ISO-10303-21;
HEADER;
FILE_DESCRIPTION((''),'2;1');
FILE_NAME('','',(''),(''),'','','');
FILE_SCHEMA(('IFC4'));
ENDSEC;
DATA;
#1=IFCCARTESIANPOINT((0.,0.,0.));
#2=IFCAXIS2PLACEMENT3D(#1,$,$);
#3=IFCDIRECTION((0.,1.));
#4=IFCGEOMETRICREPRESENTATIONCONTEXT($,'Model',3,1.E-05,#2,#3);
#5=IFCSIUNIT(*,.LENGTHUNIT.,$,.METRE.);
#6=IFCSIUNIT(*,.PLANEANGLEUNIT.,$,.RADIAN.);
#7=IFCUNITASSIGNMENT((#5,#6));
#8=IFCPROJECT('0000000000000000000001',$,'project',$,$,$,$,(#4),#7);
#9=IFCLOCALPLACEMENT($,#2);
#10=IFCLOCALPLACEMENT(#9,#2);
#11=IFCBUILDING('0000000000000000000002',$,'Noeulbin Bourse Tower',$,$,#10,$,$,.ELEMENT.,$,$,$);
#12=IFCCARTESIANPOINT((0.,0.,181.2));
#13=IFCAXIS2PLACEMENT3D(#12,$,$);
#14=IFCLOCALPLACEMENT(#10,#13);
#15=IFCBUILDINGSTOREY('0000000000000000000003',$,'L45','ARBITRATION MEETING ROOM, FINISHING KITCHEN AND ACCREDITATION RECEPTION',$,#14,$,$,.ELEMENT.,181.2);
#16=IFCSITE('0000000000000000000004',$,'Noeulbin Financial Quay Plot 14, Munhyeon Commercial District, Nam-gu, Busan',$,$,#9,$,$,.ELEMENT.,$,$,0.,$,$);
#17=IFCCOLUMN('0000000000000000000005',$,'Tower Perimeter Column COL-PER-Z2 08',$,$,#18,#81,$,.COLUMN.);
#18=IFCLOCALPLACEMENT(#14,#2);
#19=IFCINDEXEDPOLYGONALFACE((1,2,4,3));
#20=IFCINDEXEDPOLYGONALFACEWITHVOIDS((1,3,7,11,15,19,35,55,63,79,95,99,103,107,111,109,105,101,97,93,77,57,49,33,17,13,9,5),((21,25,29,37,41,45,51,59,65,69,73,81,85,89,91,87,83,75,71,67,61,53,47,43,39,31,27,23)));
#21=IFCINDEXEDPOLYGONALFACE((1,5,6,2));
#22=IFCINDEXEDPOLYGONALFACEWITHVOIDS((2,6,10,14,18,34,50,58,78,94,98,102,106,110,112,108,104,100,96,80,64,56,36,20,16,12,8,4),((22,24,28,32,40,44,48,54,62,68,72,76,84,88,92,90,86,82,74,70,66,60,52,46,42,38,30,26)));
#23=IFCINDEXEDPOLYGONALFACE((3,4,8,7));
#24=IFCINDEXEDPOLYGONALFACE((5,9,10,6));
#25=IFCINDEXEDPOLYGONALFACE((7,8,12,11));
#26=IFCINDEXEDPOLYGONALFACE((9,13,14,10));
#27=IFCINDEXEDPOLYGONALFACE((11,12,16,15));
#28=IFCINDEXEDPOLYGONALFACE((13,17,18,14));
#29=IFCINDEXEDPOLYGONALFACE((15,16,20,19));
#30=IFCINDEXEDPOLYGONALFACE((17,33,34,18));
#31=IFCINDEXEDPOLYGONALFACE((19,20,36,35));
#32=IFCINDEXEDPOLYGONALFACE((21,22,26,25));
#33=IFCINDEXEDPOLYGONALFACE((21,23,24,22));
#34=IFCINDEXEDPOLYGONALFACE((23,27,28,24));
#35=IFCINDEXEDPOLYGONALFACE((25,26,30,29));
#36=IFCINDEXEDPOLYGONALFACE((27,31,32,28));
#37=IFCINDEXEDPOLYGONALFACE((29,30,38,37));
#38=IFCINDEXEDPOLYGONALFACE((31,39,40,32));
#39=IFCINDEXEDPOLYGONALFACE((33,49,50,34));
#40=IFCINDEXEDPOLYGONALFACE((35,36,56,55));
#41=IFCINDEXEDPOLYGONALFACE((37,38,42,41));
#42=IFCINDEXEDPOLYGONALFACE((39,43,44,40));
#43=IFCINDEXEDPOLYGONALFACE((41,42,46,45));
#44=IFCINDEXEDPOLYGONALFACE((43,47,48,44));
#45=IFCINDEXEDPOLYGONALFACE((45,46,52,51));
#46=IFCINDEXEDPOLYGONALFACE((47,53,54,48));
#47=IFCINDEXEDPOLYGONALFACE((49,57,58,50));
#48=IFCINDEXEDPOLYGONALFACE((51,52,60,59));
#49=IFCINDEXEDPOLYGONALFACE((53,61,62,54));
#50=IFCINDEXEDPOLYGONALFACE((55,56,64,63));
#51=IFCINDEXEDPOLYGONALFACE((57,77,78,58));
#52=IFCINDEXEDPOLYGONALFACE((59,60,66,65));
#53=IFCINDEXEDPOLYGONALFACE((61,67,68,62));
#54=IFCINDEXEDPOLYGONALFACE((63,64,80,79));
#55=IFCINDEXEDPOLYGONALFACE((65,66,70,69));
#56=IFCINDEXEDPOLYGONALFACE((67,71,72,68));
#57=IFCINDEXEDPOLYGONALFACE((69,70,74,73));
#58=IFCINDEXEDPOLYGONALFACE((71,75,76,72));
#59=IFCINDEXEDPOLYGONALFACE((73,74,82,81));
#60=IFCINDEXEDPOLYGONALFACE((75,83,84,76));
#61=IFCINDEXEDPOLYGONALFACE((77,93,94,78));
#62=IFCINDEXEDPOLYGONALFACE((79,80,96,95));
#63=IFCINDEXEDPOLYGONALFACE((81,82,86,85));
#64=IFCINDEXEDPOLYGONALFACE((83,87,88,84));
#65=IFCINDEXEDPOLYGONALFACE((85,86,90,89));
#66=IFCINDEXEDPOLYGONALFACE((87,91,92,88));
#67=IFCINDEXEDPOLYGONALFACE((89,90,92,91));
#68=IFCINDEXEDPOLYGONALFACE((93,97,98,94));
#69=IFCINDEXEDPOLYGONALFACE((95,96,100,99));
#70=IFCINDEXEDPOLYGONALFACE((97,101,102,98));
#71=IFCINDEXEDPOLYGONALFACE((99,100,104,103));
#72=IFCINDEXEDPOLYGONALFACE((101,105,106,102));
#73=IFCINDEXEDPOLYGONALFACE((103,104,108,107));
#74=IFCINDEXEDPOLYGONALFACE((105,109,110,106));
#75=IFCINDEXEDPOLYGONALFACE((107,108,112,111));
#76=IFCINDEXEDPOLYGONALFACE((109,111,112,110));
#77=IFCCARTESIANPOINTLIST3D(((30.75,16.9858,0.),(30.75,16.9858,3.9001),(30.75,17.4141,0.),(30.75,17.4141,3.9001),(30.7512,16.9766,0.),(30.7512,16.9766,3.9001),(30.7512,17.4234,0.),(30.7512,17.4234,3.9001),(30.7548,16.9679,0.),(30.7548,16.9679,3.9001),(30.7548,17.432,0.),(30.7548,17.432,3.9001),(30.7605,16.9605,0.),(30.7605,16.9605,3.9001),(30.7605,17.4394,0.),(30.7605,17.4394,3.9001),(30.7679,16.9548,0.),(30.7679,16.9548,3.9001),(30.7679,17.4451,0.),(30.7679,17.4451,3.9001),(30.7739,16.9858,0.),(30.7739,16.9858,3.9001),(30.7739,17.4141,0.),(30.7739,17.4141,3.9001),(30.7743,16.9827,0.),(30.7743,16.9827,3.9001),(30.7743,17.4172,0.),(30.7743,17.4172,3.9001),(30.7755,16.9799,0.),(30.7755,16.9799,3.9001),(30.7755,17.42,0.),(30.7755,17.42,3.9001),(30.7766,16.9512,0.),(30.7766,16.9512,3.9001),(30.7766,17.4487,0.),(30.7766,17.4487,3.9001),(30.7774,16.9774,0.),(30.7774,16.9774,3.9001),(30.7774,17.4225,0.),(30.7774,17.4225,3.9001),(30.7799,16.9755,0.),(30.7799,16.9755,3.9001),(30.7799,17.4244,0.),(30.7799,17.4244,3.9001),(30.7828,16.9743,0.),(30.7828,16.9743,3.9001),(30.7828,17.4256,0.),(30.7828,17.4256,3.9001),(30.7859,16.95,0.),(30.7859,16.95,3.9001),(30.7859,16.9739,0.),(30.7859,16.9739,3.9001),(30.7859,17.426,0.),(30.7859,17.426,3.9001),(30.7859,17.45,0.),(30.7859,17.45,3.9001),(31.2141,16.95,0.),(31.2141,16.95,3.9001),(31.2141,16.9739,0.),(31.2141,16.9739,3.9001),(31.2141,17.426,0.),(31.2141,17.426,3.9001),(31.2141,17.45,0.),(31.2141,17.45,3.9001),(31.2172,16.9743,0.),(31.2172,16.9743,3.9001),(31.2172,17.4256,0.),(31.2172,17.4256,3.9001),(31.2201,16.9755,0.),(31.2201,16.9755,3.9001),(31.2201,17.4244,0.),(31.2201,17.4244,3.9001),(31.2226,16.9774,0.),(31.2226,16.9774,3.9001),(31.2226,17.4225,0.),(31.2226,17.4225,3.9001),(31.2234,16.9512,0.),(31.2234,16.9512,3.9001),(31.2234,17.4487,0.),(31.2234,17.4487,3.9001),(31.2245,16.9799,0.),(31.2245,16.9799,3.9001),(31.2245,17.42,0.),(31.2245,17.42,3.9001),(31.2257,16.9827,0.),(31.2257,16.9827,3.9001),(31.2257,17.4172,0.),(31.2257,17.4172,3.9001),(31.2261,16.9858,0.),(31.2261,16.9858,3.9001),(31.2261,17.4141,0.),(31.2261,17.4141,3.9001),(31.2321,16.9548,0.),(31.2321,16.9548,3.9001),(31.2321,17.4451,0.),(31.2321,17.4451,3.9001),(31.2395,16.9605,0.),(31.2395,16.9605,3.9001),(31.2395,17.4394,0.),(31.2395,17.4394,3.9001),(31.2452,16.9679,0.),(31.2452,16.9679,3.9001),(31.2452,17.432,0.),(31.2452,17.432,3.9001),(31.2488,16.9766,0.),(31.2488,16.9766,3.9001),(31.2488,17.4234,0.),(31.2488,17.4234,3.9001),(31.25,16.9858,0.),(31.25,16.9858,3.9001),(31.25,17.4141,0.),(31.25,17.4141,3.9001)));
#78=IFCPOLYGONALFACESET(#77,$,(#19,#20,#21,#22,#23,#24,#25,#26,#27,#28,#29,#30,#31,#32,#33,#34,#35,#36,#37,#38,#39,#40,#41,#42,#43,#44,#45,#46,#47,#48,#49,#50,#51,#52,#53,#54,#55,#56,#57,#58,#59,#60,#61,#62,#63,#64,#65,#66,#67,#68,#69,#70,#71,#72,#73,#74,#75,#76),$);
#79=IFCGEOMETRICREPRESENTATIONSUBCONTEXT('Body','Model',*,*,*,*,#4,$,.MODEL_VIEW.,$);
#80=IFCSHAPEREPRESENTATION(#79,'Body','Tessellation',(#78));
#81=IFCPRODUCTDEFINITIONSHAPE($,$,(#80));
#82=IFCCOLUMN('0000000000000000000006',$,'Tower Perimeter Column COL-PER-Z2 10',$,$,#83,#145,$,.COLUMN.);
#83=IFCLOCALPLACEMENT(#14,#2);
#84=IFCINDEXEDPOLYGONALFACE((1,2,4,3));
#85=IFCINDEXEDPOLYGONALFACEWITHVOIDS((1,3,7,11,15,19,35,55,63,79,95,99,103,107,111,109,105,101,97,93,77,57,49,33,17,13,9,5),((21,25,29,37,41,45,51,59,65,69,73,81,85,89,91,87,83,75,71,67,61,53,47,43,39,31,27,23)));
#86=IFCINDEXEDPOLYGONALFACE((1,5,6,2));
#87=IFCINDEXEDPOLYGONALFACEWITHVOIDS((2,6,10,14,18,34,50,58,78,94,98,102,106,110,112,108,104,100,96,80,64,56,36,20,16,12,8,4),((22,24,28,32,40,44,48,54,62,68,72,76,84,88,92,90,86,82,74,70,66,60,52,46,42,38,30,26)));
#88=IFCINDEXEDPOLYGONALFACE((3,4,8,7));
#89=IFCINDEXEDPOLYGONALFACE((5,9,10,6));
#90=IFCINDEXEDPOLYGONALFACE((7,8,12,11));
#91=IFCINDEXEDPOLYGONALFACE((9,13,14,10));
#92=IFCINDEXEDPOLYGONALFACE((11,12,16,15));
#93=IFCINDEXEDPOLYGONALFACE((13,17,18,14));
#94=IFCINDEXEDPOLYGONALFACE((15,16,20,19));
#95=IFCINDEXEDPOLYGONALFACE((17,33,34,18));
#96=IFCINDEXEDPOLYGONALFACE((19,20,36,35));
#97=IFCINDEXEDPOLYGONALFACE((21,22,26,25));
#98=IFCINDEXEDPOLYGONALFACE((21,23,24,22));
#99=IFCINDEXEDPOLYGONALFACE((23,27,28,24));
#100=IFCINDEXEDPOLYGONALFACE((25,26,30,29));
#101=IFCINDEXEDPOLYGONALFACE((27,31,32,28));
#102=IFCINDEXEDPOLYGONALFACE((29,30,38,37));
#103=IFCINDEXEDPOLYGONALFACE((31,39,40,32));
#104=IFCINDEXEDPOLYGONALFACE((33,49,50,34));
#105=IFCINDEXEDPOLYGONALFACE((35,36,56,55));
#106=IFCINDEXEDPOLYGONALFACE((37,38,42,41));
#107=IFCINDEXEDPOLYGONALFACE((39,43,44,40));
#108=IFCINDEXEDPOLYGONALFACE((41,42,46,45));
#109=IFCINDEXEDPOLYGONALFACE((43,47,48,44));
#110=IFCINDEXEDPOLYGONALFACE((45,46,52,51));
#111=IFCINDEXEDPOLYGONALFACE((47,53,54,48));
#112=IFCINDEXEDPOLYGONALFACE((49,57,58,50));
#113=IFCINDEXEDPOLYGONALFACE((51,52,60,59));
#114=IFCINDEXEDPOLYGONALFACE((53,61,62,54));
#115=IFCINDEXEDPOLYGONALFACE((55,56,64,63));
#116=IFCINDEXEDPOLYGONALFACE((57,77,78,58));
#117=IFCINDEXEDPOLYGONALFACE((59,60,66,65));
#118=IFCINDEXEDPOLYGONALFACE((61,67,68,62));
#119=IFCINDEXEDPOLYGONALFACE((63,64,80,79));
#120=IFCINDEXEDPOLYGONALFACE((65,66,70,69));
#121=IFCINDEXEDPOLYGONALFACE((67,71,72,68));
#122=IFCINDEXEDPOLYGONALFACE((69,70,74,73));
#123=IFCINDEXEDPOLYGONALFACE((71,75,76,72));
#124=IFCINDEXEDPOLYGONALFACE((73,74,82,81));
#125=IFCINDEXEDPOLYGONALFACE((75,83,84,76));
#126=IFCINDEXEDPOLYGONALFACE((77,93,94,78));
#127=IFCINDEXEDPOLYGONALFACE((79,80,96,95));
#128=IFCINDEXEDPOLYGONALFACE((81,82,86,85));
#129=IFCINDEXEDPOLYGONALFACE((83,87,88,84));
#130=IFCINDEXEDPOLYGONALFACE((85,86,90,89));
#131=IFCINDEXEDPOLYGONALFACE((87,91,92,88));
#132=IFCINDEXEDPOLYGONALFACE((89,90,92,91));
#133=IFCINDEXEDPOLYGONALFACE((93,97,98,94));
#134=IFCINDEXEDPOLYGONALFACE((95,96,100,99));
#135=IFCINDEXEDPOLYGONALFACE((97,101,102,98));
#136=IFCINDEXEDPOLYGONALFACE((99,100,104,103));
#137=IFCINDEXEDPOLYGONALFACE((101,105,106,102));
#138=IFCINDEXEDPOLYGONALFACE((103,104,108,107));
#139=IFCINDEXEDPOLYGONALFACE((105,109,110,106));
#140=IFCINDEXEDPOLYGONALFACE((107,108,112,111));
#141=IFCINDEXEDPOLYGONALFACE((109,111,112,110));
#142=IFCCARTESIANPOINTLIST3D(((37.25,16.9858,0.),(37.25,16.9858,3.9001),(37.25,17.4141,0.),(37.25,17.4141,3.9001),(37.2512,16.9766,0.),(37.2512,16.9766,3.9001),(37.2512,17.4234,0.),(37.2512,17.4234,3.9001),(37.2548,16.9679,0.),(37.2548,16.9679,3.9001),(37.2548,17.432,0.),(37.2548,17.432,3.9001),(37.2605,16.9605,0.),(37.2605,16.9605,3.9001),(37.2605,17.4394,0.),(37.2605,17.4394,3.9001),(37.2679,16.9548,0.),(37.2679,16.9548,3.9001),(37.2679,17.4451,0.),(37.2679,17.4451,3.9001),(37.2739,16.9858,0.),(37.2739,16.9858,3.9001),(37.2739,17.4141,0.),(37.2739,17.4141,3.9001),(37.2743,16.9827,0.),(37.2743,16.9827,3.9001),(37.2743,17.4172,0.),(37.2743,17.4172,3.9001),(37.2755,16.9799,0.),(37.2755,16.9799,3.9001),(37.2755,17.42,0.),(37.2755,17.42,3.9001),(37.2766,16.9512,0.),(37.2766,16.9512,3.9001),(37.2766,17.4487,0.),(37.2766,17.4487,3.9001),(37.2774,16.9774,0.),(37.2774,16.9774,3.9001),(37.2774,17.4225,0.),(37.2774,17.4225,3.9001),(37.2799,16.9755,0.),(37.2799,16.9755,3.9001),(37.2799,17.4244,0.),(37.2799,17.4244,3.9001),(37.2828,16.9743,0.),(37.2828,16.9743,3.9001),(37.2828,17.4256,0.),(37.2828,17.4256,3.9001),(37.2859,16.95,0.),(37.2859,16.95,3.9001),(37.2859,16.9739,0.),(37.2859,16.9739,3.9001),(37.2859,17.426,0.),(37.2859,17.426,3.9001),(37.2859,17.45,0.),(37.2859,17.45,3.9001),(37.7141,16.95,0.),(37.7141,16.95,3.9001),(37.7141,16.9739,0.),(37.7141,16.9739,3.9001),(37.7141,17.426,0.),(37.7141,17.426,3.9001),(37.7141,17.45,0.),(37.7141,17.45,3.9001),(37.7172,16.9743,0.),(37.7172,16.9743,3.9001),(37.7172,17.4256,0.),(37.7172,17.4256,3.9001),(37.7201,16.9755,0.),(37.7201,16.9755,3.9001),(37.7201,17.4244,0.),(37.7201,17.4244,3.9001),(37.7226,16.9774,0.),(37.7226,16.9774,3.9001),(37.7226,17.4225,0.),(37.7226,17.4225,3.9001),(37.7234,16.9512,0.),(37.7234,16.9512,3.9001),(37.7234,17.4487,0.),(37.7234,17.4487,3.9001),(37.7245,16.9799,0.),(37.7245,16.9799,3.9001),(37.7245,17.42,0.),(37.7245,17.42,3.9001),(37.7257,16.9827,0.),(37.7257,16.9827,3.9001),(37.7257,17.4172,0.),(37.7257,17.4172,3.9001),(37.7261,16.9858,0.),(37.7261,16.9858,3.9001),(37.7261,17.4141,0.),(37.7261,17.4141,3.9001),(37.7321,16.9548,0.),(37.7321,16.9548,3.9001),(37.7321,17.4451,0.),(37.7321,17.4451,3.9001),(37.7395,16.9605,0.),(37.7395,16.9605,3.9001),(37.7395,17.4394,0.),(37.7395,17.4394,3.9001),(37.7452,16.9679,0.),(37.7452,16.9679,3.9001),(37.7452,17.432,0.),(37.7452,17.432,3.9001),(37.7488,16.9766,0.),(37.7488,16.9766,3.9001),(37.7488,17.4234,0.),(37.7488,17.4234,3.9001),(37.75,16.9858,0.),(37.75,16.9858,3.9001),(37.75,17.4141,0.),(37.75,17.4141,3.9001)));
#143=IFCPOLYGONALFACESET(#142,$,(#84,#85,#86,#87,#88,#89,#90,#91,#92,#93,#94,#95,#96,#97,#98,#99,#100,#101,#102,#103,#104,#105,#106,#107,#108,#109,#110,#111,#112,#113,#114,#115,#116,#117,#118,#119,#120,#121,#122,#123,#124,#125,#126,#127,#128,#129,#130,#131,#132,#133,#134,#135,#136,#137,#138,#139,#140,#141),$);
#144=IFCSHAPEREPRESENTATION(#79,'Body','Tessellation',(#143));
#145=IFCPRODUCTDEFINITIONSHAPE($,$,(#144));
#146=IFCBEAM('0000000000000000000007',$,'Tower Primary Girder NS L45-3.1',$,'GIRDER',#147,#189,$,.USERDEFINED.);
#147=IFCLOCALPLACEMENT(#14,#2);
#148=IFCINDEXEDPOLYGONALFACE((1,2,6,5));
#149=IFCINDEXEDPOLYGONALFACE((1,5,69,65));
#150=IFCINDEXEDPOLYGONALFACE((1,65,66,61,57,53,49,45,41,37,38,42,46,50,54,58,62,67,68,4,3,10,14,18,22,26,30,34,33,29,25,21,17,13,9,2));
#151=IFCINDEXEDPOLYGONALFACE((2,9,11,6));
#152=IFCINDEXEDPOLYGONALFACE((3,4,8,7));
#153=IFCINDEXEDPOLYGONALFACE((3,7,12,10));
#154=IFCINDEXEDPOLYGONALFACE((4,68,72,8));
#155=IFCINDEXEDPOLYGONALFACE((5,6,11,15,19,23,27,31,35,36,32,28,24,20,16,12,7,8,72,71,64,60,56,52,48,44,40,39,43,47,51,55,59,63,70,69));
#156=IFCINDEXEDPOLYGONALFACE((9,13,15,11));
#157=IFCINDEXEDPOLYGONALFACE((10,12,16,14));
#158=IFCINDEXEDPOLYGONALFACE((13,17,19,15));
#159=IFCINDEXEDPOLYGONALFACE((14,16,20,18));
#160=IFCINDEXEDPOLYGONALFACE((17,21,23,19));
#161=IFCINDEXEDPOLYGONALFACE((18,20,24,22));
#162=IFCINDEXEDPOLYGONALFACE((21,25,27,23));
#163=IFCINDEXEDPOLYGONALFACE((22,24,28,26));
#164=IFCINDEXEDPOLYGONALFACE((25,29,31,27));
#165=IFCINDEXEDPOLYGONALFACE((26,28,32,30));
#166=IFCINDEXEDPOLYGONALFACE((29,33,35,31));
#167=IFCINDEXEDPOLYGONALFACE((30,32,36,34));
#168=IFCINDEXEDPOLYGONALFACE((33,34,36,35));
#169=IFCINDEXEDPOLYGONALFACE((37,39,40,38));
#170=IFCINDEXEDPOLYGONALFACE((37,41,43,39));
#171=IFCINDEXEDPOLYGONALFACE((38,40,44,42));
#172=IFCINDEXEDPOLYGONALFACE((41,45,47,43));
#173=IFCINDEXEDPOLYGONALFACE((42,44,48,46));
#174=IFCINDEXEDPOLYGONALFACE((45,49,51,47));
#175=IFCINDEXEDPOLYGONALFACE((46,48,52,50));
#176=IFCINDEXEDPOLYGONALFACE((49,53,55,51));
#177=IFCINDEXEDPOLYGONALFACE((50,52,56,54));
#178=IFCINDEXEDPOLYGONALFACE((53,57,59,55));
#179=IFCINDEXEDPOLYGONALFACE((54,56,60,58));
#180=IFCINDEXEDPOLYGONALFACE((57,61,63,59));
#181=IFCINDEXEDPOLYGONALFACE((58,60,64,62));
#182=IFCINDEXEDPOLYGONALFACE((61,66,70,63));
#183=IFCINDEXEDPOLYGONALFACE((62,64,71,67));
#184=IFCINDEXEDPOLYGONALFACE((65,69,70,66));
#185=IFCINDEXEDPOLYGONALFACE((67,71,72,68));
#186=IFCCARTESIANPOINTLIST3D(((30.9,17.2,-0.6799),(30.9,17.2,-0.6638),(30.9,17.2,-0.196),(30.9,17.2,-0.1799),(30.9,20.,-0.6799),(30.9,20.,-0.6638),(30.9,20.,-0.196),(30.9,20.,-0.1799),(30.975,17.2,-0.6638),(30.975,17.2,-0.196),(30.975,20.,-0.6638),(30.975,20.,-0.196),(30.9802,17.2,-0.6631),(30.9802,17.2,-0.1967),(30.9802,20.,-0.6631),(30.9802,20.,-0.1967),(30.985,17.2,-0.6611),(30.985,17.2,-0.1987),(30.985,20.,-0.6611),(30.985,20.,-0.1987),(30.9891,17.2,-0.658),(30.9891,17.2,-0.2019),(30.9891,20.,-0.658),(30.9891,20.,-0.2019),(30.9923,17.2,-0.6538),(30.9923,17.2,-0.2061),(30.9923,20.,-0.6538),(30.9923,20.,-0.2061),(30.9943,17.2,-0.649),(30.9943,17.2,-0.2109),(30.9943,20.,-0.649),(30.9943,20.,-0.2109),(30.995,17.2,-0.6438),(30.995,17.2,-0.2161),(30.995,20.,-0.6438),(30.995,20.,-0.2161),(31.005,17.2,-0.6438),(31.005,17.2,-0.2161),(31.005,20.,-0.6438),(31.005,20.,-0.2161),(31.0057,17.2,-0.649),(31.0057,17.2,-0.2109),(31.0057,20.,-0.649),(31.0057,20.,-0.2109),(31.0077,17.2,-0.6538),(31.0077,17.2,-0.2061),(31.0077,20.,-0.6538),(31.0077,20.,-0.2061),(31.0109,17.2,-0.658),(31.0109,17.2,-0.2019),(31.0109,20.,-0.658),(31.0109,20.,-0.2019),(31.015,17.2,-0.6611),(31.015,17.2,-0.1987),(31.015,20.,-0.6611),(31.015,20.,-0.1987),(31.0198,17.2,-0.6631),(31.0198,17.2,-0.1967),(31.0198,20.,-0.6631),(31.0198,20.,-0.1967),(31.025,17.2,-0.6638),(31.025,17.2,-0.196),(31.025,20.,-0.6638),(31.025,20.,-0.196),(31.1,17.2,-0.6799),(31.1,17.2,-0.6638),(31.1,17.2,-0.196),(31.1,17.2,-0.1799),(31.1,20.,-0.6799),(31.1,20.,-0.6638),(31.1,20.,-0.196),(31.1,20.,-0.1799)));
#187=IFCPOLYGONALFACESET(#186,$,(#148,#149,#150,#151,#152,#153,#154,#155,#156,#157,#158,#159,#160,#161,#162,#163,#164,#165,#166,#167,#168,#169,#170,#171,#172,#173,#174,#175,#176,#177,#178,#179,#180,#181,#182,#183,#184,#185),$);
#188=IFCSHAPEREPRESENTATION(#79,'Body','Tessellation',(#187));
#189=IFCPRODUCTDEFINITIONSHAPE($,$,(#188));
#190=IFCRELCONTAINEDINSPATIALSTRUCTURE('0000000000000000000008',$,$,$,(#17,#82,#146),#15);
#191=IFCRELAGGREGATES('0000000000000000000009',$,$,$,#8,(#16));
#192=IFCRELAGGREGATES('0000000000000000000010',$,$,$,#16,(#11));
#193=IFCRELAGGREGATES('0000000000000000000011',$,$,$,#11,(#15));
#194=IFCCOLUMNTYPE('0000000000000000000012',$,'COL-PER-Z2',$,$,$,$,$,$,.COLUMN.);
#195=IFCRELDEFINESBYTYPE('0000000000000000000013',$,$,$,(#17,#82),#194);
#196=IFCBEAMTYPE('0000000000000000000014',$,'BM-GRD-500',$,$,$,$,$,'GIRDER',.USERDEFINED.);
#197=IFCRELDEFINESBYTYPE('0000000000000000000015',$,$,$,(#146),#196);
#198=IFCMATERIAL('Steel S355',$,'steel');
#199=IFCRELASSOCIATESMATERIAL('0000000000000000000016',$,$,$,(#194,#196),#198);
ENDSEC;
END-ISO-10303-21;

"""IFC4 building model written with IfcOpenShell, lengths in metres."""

from ifc_helpers import new_model, si_unit, direction, frame, origin, origin_2d, place, context, subcontext, project, spatial, hollow_rectangle, i_section, extrude, material, material_profile, profile_set, type_object, element, save


model = new_model("IFC4")

# Units and contexts
model_context = context("Model", 3, precision=1e-05, world=origin(), true_north=direction((0.0, 1.0)))
body_context = subcontext(model_context, "Body", "Model", "MODEL_VIEW")
ifc_project = project(units=[si_unit("LENGTHUNIT", "METRE"), si_unit("PLANEANGLEUNIT", "RADIAN")], contexts=[model_context])

# Site, building, storey
site_placement = place(None, origin())
site = spatial("IfcSite", under=ifc_project, at=site_placement, Name="Noeulbin Financial Quay Plot 14, Munhyeon Commercial District, Nam-gu, Busan", CompositionType="ELEMENT", RefElevation=0.0)
building_placement = place(site_placement, origin())
building = spatial("IfcBuilding", under=site, at=building_placement, Name="Noeulbin Bourse Tower", CompositionType="ELEMENT")
storey_placement = place(building_placement, frame((0.0, 0.0, 181.2)))
storey = spatial("IfcBuildingStorey", under=building, at=storey_placement, Name="L45", Description="ARBITRATION MEETING ROOM, FINISHING KITCHEN AND ACCREDITATION RECEPTION", CompositionType="ELEMENT", Elevation=181.2)

# Columns
ifc_material_1 = material(Name="Steel S355", Category="steel")
ifc_material_profile_1 = material_profile(ifc_material_1, hollow_rectangle(XDim=0.5, YDim=0.5, WallThickness=0.0239, InnerFilletRadius=0.012, OuterFilletRadius=0.0359, at=origin_2d()), Name="BOX-500x500x24", Category="LoadBearing")
ifc_profile_set_1 = profile_set([ifc_material_profile_1], Name="Steel S355")
column_type = type_object("IfcColumnType", Name="COL-PER-Z2", PredefinedType="COLUMN", material=ifc_profile_set_1)
for number, where, z_axis, x_axis, name in (
    (1, (31.0, 17.2, 0.0), (0.0, 0.0, 1.0), (1.0, 0.0, 0.0), "Tower Perimeter Column COL-PER-Z2 08"),
    (2, (37.5, 17.2, 0.0), (0.0, 0.0, 1.0), (1.0, 0.0, 0.0), "Tower Perimeter Column COL-PER-Z2 10"),
):
    element("IfcColumn", number, at=place(storey_placement, frame(where, z_axis=z_axis, x_axis=x_axis)), inside=storey, type_object=column_type, Name=name, PredefinedType="COLUMN", context=body_context, shape_type="SweptSolid", body=[
        extrude(hollow_rectangle(XDim=0.5, YDim=0.5, WallThickness=0.0239, InnerFilletRadius=0.012, OuterFilletRadius=0.0359, at=origin_2d()), origin(), (0.0, 0.0, 1.0), 3.9001),
    ])

# Beam
ifc_material_profile_2 = material_profile(ifc_material_1, i_section(OverallWidth=0.2, OverallDepth=0.5, WebThickness=0.01, FlangeThickness=0.0161, FilletRadius=0.02, at=origin_2d()), Name="H-500x200x10x16", Category="LoadBearing")
ifc_profile_set_2 = profile_set([ifc_material_profile_2], Name="Steel S355")
beam_type_1 = type_object("IfcBeamType", Name="BM-GRD-500", ElementType="GIRDER", PredefinedType="USERDEFINED", material=ifc_profile_set_2)
for number, where, z_axis, x_axis, name in (
    (3, (31.0, 17.2, -0.4299), (0.0, 1.0, 0.0), (-1.0, 0.0, 0.0), "Tower Primary Girder NS L45-3.1"),
):
    element("IfcBeam", number, at=place(storey_placement, frame(where, z_axis=z_axis, x_axis=x_axis)), inside=storey, type_object=beam_type_1, Name=name, ObjectType="GIRDER", PredefinedType="USERDEFINED", context=body_context, shape_type="SweptSolid", body=[
        extrude(i_section(OverallWidth=0.2, OverallDepth=0.5, WebThickness=0.01, FlangeThickness=0.0161, FilletRadius=0.02, at=origin_2d()), origin(), (0.0, 0.0, 1.0), 2.8),
    ])

save(model, "model.ifc")
